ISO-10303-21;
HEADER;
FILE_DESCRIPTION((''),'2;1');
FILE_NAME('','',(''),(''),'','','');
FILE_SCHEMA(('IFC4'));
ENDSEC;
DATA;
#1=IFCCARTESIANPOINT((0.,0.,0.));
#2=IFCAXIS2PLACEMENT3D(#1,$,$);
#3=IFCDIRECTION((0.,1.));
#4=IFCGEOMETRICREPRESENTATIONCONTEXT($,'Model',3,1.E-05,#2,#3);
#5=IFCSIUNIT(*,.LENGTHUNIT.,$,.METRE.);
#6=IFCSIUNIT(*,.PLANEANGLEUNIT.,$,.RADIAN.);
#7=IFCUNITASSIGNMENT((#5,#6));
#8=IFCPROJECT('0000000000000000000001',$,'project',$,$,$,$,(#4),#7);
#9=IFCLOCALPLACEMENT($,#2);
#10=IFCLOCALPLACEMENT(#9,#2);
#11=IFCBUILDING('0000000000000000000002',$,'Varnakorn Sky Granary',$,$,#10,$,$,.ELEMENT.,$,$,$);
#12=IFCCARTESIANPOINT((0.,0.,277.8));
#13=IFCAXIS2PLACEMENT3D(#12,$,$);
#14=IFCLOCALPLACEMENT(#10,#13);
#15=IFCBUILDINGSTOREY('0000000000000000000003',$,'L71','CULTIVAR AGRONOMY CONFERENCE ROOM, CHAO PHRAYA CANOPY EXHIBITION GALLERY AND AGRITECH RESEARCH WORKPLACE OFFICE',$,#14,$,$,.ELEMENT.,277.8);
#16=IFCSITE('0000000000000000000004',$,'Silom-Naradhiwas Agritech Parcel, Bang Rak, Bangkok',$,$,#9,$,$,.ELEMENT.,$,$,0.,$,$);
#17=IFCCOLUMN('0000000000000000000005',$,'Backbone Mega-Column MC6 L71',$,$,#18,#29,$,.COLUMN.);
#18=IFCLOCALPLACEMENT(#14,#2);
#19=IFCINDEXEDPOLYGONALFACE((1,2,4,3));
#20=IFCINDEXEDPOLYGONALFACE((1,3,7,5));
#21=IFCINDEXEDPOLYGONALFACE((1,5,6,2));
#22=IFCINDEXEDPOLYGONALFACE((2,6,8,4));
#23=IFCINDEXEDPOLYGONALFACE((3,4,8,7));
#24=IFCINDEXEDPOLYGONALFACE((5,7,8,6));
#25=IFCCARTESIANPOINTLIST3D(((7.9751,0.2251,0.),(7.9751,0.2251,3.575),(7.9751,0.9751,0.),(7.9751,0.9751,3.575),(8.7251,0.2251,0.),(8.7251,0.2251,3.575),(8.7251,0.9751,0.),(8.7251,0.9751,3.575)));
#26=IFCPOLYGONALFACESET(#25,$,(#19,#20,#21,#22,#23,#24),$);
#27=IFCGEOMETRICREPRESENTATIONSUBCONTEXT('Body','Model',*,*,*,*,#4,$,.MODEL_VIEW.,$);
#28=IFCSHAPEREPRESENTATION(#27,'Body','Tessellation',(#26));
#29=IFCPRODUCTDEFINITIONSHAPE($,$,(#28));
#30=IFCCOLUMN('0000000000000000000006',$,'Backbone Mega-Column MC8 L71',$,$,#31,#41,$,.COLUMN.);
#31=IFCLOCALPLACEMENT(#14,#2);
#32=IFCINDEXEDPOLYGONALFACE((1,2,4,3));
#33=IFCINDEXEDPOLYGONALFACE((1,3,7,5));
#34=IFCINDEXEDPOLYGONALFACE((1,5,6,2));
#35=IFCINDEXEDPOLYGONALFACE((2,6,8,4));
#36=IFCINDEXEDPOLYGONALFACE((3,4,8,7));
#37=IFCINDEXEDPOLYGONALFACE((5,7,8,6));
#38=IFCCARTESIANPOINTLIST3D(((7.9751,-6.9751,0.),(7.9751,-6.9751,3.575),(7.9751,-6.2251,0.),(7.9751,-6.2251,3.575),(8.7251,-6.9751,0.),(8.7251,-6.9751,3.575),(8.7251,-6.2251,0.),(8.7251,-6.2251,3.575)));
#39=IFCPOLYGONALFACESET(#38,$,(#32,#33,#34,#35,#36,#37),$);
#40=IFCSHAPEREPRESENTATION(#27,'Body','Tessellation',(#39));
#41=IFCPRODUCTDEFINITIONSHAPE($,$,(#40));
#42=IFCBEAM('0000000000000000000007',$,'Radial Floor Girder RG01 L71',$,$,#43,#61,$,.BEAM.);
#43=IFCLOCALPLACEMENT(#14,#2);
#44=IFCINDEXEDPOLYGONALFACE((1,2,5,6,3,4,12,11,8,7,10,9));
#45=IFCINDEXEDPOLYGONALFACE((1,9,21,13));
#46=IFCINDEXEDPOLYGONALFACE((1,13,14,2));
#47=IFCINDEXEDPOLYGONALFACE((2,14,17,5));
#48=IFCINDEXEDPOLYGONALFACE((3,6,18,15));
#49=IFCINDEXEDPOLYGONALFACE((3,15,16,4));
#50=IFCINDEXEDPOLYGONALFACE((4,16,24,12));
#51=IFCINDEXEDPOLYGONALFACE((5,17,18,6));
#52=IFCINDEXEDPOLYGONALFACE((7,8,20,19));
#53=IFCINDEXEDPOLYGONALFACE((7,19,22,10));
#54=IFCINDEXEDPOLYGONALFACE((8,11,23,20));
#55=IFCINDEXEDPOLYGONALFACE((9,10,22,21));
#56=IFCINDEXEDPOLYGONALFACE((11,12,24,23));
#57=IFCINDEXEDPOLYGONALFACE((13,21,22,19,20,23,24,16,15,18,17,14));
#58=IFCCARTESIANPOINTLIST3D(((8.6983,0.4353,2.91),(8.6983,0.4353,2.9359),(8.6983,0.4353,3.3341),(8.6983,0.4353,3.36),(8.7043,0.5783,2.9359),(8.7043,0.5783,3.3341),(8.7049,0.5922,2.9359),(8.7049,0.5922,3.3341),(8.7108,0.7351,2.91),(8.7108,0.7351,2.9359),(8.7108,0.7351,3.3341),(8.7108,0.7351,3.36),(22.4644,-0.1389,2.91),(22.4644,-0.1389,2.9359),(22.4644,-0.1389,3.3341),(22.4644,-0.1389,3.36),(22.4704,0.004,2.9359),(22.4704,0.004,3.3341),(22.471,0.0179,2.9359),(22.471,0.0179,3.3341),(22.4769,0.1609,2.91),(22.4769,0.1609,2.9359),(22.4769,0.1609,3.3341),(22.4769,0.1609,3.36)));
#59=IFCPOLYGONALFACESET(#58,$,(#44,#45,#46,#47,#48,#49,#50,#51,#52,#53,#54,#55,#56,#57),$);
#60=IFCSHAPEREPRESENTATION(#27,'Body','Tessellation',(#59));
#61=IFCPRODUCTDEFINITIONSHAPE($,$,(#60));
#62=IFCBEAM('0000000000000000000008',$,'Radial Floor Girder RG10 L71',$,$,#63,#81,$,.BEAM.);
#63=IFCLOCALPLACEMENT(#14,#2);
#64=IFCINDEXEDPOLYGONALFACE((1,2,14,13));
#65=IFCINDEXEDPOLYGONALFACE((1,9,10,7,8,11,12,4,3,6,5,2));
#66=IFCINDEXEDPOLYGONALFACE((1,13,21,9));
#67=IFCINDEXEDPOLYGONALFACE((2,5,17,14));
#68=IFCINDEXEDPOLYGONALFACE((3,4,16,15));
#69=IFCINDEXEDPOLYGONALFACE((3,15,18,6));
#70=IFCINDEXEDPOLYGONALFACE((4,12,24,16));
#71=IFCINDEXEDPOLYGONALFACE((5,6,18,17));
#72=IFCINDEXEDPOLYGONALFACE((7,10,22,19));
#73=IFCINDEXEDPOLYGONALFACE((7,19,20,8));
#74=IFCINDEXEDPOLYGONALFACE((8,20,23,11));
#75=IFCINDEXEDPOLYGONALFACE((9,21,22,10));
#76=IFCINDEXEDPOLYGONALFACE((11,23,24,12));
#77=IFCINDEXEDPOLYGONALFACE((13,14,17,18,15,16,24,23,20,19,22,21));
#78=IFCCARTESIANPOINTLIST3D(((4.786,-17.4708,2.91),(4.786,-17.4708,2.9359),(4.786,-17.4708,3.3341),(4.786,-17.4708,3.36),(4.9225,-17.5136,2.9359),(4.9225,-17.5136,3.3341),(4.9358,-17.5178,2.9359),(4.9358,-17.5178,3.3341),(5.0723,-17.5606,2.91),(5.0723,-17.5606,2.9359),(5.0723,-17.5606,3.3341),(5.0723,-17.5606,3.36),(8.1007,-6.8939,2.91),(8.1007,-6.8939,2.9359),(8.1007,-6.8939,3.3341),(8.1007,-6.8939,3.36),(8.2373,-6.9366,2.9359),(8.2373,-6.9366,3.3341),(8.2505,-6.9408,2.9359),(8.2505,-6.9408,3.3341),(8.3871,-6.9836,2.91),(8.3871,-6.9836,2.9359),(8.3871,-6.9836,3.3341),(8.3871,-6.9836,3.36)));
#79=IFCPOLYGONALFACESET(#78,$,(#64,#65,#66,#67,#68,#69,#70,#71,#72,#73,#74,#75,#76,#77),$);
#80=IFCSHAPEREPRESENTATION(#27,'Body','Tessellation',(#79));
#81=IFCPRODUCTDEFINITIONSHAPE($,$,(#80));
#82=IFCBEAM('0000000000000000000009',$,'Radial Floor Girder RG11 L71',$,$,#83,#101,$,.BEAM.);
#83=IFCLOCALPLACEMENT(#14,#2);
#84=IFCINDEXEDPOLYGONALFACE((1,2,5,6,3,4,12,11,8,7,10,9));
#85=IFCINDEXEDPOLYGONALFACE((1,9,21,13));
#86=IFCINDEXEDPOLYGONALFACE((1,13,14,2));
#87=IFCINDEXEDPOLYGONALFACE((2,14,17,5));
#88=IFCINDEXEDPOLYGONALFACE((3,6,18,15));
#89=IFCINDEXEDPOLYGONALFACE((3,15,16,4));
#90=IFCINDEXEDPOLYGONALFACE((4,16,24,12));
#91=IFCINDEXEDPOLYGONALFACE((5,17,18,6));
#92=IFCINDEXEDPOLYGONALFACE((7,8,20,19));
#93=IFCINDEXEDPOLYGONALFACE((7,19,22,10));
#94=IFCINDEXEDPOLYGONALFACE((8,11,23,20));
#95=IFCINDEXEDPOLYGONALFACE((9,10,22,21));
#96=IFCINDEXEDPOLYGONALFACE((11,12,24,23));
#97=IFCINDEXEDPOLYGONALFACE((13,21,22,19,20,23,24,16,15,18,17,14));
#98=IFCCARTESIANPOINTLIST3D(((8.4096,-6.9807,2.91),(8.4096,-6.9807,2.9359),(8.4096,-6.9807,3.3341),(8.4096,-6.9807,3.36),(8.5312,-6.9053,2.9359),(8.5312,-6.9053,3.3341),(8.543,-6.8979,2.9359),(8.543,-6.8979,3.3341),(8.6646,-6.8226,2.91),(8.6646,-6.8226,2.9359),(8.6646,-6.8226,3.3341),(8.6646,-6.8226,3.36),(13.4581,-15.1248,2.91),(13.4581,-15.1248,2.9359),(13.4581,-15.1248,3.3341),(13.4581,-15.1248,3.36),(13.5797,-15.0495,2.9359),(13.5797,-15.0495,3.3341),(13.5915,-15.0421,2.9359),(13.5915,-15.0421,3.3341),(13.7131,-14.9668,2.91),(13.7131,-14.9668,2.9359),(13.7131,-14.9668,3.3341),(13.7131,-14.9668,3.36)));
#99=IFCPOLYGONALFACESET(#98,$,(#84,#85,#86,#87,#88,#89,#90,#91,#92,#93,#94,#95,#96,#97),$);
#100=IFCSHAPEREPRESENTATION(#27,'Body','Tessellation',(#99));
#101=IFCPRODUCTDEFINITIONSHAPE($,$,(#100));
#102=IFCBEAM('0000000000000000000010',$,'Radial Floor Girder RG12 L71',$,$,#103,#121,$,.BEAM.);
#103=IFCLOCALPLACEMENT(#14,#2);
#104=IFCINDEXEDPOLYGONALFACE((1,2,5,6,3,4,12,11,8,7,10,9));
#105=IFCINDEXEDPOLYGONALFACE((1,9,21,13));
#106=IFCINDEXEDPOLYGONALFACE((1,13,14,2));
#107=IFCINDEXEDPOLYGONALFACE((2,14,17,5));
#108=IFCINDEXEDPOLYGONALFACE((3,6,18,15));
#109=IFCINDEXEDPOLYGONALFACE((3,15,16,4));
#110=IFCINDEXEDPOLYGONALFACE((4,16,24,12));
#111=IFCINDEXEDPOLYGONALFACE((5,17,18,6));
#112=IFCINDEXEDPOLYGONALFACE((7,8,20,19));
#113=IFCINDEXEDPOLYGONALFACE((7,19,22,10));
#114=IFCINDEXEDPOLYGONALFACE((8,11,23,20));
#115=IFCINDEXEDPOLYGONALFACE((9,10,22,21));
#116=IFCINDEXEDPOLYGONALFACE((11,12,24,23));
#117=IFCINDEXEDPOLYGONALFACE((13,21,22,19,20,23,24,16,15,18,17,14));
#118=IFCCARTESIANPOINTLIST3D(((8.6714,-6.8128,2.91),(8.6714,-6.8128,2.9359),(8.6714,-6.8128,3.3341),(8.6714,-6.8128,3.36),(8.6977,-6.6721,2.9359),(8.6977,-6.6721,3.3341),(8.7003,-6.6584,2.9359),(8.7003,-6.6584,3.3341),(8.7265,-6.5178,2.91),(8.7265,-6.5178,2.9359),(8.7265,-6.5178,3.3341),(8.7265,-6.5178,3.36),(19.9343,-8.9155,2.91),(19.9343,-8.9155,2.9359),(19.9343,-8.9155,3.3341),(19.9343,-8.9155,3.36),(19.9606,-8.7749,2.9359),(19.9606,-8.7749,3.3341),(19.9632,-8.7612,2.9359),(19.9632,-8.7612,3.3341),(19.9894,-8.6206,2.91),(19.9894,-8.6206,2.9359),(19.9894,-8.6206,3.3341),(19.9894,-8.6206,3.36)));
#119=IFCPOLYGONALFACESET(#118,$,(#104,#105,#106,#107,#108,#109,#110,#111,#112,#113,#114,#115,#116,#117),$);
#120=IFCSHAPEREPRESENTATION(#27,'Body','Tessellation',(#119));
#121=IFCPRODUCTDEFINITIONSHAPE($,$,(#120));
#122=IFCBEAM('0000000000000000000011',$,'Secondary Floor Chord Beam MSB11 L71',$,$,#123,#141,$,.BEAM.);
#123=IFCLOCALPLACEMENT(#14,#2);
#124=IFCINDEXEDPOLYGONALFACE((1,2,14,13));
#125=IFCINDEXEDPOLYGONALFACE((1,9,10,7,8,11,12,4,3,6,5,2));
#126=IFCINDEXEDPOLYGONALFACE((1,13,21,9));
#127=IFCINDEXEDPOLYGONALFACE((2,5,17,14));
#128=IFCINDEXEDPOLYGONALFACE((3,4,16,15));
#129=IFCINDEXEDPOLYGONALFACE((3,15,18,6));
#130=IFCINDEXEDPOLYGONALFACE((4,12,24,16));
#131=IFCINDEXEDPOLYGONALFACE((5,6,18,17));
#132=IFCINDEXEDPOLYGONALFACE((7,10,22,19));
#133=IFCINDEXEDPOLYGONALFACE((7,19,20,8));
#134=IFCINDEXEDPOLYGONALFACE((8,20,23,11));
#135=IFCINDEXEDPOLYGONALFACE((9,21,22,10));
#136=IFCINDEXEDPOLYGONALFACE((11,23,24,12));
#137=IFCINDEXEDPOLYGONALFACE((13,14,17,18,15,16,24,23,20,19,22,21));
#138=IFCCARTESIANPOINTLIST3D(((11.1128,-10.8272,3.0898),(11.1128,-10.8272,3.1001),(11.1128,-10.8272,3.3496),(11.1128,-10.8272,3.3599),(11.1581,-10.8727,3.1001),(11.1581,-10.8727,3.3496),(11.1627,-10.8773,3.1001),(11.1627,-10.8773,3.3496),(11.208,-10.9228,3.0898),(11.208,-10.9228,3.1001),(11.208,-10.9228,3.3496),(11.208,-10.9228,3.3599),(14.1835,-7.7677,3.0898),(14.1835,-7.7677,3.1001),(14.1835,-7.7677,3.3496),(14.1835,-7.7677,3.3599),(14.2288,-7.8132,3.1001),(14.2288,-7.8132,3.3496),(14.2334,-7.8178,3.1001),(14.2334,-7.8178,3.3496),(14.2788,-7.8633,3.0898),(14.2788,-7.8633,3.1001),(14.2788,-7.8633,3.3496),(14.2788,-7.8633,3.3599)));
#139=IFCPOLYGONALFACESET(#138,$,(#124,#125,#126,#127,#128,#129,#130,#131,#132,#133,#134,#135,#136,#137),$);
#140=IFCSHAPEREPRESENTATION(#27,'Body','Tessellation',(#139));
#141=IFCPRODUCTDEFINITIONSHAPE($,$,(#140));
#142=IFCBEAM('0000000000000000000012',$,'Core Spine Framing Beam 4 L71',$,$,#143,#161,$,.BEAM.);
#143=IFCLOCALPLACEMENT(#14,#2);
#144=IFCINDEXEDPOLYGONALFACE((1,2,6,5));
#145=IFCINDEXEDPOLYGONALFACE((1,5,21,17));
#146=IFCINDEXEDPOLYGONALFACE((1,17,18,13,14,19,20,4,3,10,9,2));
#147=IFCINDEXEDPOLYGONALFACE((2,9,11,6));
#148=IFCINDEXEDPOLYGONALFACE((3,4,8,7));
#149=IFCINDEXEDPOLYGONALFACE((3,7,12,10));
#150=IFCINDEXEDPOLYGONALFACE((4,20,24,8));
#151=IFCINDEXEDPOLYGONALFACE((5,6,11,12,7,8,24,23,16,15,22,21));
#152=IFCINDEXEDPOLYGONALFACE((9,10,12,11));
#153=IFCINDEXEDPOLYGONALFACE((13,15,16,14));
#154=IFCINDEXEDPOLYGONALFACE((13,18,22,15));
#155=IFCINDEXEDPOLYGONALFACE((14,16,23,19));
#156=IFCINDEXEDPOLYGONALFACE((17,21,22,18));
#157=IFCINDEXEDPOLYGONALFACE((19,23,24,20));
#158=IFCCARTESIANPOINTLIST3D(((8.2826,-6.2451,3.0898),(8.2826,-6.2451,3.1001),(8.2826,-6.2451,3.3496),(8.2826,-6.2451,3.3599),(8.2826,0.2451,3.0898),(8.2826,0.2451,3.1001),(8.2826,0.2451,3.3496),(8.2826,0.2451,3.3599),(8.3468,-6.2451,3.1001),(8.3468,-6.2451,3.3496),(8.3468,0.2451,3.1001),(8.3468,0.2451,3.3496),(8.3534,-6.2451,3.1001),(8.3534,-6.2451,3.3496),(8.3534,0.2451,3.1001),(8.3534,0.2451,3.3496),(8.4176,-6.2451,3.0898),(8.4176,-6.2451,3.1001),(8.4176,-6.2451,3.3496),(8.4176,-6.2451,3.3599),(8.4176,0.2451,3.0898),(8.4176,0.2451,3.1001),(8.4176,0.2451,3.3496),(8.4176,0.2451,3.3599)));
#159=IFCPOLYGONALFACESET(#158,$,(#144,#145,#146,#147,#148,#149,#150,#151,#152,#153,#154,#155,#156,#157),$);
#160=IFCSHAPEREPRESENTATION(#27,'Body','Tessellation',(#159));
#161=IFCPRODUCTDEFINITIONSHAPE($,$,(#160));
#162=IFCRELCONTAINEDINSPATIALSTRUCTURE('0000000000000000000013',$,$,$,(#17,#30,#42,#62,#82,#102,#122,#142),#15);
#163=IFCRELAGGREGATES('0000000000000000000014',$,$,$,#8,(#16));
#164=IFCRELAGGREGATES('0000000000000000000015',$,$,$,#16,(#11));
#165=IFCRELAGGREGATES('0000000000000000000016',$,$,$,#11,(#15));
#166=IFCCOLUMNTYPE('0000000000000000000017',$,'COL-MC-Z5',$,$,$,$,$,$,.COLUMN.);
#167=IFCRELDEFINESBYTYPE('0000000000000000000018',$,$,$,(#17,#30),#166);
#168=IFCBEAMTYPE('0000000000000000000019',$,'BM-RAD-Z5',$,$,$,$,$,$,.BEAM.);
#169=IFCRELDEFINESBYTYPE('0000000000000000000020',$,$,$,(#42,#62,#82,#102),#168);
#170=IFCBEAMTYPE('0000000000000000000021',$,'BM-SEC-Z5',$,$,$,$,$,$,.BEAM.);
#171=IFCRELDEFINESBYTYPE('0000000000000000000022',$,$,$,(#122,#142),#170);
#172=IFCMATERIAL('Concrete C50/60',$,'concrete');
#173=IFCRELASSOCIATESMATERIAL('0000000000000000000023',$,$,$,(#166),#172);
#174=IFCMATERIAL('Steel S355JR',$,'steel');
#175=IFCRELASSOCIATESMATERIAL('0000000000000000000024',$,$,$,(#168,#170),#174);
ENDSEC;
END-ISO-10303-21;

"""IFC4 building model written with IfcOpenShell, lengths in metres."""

from ifc_helpers import new_model, si_unit, direction, frame, origin, origin_2d, place, context, subcontext, project, spatial, rectangle, i_section, extrude, material, material_profile, profile_set, type_object, element, save


model = new_model("IFC4")

# Units and contexts
model_context = context("Model", 3, precision=1e-05, world=origin(), true_north=direction((0.0, 1.0)))
body_context = subcontext(model_context, "Body", "Model", "MODEL_VIEW")
ifc_project = project(units=[si_unit("LENGTHUNIT", "METRE"), si_unit("PLANEANGLEUNIT", "RADIAN")], contexts=[model_context])

# Site, building, storey
site_placement = place(None, origin())
site = spatial("IfcSite", under=ifc_project, at=site_placement, Name="Silom-Naradhiwas Agritech Parcel, Bang Rak, Bangkok", CompositionType="ELEMENT", RefElevation=0.0)
building_placement = place(site_placement, origin())
building = spatial("IfcBuilding", under=site, at=building_placement, Name="Varnakorn Sky Granary", CompositionType="ELEMENT")
storey_placement = place(building_placement, frame((0.0, 0.0, 277.8)))
storey = spatial("IfcBuildingStorey", under=building, at=storey_placement, Name="L71", Description="CULTIVAR AGRONOMY CONFERENCE ROOM, CHAO PHRAYA CANOPY EXHIBITION GALLERY AND AGRITECH RESEARCH WORKPLACE OFFICE", CompositionType="ELEMENT", Elevation=277.8)

# Columns
ifc_material_1 = material(Name="Concrete C50/60", Category="concrete")
ifc_material_profile_1 = material_profile(ifc_material_1, rectangle(XDim=0.75, YDim=0.75, at=origin_2d()), Name="RC 750x750")
ifc_profile_set_1 = profile_set([ifc_material_profile_1], Name="Concrete C50/60")
column_type = type_object("IfcColumnType", Name="COL-MC-Z5", PredefinedType="COLUMN", material=ifc_profile_set_1)
for number, where, z_axis, x_axis, name in (
    (1, (8.3501, 0.6001, 0.0), (0.0, 0.0, 1.0), (1.0, 0.0, 0.0), "Backbone Mega-Column MC6 L71"),
    (2, (8.3501, -6.6001, 0.0), (0.0, 0.0, 1.0), (1.0, 0.0, 0.0), "Backbone Mega-Column MC8 L71"),
):
    element("IfcColumn", number, at=place(storey_placement, frame(where, z_axis=z_axis, x_axis=x_axis)), inside=storey, type_object=column_type, Name=name, PredefinedType="COLUMN", context=body_context, shape_type="SweptSolid", body=[
        extrude(rectangle(XDim=0.75, YDim=0.75, at=origin_2d()), origin(), (0.0, 0.0, 1.0), 3.575),
    ])

# Beams
ifc_material_2 = material(Name="Steel S355JR", Category="steel")
ifc_material_profile_2 = material_profile(ifc_material_2, i_section(OverallWidth=0.3, OverallDepth=0.45, WebThickness=0.0139, FlangeThickness=0.0259, at=origin_2d()), Name="HE 450 B")
ifc_profile_set_2 = profile_set([ifc_material_profile_2], Name="Steel S355JR")
beam_type_1 = type_object("IfcBeamType", Name="BM-RAD-Z5", PredefinedType="BEAM", material=ifc_profile_set_2)
beam_1_placement = place(storey_placement, frame((8.7046, 0.5852, 3.135), z_axis=(0.999131, -0.041676, 0.0), x_axis=(0.041676, 0.999131, 0.0)))
element("IfcBeam", 3, at=beam_1_placement, inside=storey, type_object=beam_type_1, Name="Radial Floor Girder RG01 L71", PredefinedType="BEAM", context=body_context, shape_type="SweptSolid", body=[
    extrude(i_section(OverallWidth=0.3, OverallDepth=0.45, WebThickness=0.0139, FlangeThickness=0.0259, at=origin_2d()), origin(), (0.0, 0.0, 1.0), 13.7781),
])
beam_2_placement = place(storey_placement, frame((8.2439, -6.9387, 3.135), z_axis=(-0.299049, -0.954238, 0.0), x_axis=(0.954238, -0.299049, 0.0)))
element("IfcBeam", 4, at=beam_2_placement, inside=storey, type_object=beam_type_1, Name="Radial Floor Girder RG10 L71", PredefinedType="BEAM", context=body_context, shape_type="SweptSolid", body=[
    extrude(i_section(OverallWidth=0.3, OverallDepth=0.45, WebThickness=0.0139, FlangeThickness=0.0259, at=origin_2d()), origin(), (0.0, 0.0, 1.0), 11.0842),
])
beam_3_placement = place(storey_placement, frame((8.5371, -6.9016, 3.135), z_axis=(0.526874, -0.849944, 0.0), x_axis=(0.849944, 0.526874, 0.0)))
element("IfcBeam", 5, at=beam_3_placement, inside=storey, type_object=beam_type_1, Name="Radial Floor Girder RG11 L71", PredefinedType="BEAM", context=body_context, shape_type="SweptSolid", body=[
    extrude(i_section(OverallWidth=0.3, OverallDepth=0.45, WebThickness=0.0139, FlangeThickness=0.0259, at=origin_2d()), origin(), (0.0, 0.0, 1.0), 9.582),
])
beam_4_placement = place(storey_placement, frame((8.699, -6.6653, 3.135), z_axis=(0.983014, -0.183528, 0.0), x_axis=(0.183528, 0.983014, 0.0)))
element("IfcBeam", 6, at=beam_4_placement, inside=storey, type_object=beam_type_1, Name="Radial Floor Girder RG12 L71", PredefinedType="BEAM", context=body_context, shape_type="SweptSolid", body=[
    extrude(i_section(OverallWidth=0.3, OverallDepth=0.45, WebThickness=0.0139, FlangeThickness=0.0259, at=origin_2d()), origin(), (0.0, 0.0, 1.0), 11.4575),
])
ifc_material_profile_3 = material_profile(ifc_material_2, i_section(OverallWidth=0.135, OverallDepth=0.27, WebThickness=0.0066, FlangeThickness=0.0103, at=origin_2d()), Name="IPE 270")
ifc_profile_set_3 = profile_set([ifc_material_profile_3], Name="Steel S355JR")
beam_type_2 = type_object("IfcBeamType", Name="BM-SEC-Z5", PredefinedType="BEAM", material=ifc_profile_set_3)
beam_5_placement = place(storey_placement, frame((11.1604, -10.875, 3.2249), z_axis=(0.708401, 0.70581, 0.0), x_axis=(-0.70581, 0.708401, 0.0)))
element("IfcBeam", 7, at=beam_5_placement, inside=storey, type_object=beam_type_2, Name="Secondary Floor Chord Beam MSB11 L71", PredefinedType="BEAM", context=body_context, shape_type="SweptSolid", body=[
    extrude(i_section(OverallWidth=0.135, OverallDepth=0.27, WebThickness=0.0066, FlangeThickness=0.0103, at=origin_2d()), origin(), (0.0, 0.0, 1.0), 4.3347),
])
beam_6_placement = place(storey_placement, frame((8.3501, 0.2451, 3.2249), z_axis=(0.0, -1.0, 0.0), x_axis=(1.0, 0.0, 0.0)))
element("IfcBeam", 8, at=beam_6_placement, inside=storey, type_object=beam_type_2, Name="Core Spine Framing Beam 4 L71", PredefinedType="BEAM", context=body_context, shape_type="SweptSolid", body=[
    extrude(i_section(OverallWidth=0.135, OverallDepth=0.27, WebThickness=0.0066, FlangeThickness=0.0103, at=origin_2d()), origin(), (0.0, 0.0, 1.0), 6.4902),
])

save(model, "model.ifc")
